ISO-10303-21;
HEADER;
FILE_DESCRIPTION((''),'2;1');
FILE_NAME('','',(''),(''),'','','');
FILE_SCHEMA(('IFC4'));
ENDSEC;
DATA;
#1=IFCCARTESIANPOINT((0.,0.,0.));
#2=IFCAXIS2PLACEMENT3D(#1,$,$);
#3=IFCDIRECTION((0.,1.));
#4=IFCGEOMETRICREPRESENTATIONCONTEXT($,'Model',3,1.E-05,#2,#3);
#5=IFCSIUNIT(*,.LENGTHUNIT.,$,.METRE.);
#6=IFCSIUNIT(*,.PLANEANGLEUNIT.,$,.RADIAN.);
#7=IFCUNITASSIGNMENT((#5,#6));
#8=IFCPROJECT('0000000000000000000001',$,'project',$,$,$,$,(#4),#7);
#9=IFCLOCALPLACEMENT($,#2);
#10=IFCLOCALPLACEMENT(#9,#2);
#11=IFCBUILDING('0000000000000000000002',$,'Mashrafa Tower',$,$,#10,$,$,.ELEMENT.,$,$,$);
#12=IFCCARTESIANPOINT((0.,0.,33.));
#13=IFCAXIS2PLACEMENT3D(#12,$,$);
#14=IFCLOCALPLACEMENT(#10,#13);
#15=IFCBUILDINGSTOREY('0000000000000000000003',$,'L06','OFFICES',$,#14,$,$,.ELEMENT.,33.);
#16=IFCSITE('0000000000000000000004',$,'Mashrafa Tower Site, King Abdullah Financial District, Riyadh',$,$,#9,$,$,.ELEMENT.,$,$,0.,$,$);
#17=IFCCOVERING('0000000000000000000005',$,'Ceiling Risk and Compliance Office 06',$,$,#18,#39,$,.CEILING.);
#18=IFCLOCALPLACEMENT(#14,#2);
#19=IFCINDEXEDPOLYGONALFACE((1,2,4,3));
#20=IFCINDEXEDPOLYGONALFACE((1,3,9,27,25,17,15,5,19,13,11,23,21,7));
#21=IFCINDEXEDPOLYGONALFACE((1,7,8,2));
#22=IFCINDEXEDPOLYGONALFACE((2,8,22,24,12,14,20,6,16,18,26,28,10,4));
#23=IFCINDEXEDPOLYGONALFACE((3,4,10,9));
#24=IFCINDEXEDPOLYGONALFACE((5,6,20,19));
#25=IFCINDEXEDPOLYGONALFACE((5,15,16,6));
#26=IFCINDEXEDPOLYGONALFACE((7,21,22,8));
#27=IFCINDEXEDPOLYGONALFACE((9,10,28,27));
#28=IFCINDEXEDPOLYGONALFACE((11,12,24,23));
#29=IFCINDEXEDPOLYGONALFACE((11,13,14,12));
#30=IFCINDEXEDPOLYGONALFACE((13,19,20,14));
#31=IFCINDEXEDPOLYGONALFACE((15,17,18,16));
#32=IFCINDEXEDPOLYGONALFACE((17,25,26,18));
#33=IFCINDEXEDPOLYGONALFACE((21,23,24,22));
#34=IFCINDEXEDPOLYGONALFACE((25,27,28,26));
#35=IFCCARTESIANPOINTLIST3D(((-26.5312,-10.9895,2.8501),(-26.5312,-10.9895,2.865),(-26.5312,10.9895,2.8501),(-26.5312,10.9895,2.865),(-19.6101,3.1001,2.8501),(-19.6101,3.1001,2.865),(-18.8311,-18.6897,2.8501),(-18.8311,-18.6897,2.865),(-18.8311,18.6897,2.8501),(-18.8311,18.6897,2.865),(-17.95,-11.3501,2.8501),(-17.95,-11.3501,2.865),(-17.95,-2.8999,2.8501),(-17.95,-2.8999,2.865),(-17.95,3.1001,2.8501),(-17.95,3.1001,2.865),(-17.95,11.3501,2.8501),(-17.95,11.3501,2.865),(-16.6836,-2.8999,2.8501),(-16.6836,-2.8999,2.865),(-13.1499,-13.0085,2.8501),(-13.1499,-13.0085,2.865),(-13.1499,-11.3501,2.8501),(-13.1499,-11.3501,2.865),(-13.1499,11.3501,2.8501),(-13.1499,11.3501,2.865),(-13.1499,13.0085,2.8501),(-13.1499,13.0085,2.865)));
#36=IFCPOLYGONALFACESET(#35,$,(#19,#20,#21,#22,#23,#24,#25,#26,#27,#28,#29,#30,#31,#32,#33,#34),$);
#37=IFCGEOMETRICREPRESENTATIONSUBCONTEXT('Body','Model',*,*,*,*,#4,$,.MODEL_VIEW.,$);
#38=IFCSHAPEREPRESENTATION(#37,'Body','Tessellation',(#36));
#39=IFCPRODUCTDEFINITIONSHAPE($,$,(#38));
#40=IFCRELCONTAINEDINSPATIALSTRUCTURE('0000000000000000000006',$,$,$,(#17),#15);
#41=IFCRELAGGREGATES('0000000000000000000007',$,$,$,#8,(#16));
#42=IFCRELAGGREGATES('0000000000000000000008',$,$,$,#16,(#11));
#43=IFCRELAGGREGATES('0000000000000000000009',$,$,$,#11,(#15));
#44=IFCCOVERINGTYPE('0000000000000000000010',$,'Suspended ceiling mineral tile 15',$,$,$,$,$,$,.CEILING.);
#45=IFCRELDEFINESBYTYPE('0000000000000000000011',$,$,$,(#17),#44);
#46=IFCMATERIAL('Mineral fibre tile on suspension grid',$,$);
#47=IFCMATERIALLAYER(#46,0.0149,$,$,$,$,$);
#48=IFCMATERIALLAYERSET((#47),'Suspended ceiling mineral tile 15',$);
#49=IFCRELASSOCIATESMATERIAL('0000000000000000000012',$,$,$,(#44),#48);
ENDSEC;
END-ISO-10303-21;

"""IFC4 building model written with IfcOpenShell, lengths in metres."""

from ifc_helpers import new_model, si_unit, direction, frame, origin, place, context, subcontext, project, spatial, polyline, outline, extrude, material, layer, layer_set, type_object, element, save


model = new_model("IFC4")

# Units and contexts
model_context = context("Model", 3, precision=1e-05, world=origin(), true_north=direction((0.0, 1.0)))
body_context = subcontext(model_context, "Body", "Model", "MODEL_VIEW")
ifc_project = project(units=[si_unit("LENGTHUNIT", "METRE"), si_unit("PLANEANGLEUNIT", "RADIAN")], contexts=[model_context])

# Site, building, storey
site_placement = place(None, origin())
site = spatial("IfcSite", under=ifc_project, at=site_placement, Name="Mashrafa Tower Site, King Abdullah Financial District, Riyadh", CompositionType="ELEMENT", RefElevation=0.0)
building_placement = place(site_placement, origin())
building = spatial("IfcBuilding", under=site, at=building_placement, Name="Mashrafa Tower", CompositionType="ELEMENT")
storey_placement = place(building_placement, frame((0.0, 0.0, 33.0)))
storey = spatial("IfcBuildingStorey", under=building, at=storey_placement, Name="L06", Description="OFFICES", CompositionType="ELEMENT", Elevation=33.0)

# Covering
ifc_material_1 = material(Name="Mineral fibre tile on suspension grid")
ifc_layer_1 = layer(ifc_material_1, 0.0149)
ifc_layer_set_1 = layer_set([ifc_layer_1], Name="Suspended ceiling mineral tile 15")
covering_type = type_object("IfcCoveringType", Name="Suspended ceiling mineral tile 15", PredefinedType="CEILING", material=ifc_layer_set_1)
covering_1_placement = place(storey_placement, frame((0.0, 0.0, 2.8501)))
element("IfcCovering", 1, at=covering_1_placement, inside=storey, type_object=covering_type, Name="Ceiling Risk and Compliance Office 06", PredefinedType="CEILING", context=body_context, shape_type="SweptSolid", body=[
    extrude(outline(polyline([(-13.1499, -13.0085), (-18.8311, -18.6897), (-26.5312, -10.9895), (-26.5312, 10.9895), (-18.8311, 18.6897), (-13.1499, 13.0085), (-13.1499, 11.3501), (-17.95, 11.3501), (-17.95, 3.1001), (-19.6101, 3.1001), (-16.6836, -2.8999), (-17.95, -2.8999), (-17.95, -11.3501), (-13.1499, -11.3501), (-13.1499, -13.0085)])), origin(), (0.0, 0.0, 1.0), 0.0149),
])

save(model, "model.ifc")
